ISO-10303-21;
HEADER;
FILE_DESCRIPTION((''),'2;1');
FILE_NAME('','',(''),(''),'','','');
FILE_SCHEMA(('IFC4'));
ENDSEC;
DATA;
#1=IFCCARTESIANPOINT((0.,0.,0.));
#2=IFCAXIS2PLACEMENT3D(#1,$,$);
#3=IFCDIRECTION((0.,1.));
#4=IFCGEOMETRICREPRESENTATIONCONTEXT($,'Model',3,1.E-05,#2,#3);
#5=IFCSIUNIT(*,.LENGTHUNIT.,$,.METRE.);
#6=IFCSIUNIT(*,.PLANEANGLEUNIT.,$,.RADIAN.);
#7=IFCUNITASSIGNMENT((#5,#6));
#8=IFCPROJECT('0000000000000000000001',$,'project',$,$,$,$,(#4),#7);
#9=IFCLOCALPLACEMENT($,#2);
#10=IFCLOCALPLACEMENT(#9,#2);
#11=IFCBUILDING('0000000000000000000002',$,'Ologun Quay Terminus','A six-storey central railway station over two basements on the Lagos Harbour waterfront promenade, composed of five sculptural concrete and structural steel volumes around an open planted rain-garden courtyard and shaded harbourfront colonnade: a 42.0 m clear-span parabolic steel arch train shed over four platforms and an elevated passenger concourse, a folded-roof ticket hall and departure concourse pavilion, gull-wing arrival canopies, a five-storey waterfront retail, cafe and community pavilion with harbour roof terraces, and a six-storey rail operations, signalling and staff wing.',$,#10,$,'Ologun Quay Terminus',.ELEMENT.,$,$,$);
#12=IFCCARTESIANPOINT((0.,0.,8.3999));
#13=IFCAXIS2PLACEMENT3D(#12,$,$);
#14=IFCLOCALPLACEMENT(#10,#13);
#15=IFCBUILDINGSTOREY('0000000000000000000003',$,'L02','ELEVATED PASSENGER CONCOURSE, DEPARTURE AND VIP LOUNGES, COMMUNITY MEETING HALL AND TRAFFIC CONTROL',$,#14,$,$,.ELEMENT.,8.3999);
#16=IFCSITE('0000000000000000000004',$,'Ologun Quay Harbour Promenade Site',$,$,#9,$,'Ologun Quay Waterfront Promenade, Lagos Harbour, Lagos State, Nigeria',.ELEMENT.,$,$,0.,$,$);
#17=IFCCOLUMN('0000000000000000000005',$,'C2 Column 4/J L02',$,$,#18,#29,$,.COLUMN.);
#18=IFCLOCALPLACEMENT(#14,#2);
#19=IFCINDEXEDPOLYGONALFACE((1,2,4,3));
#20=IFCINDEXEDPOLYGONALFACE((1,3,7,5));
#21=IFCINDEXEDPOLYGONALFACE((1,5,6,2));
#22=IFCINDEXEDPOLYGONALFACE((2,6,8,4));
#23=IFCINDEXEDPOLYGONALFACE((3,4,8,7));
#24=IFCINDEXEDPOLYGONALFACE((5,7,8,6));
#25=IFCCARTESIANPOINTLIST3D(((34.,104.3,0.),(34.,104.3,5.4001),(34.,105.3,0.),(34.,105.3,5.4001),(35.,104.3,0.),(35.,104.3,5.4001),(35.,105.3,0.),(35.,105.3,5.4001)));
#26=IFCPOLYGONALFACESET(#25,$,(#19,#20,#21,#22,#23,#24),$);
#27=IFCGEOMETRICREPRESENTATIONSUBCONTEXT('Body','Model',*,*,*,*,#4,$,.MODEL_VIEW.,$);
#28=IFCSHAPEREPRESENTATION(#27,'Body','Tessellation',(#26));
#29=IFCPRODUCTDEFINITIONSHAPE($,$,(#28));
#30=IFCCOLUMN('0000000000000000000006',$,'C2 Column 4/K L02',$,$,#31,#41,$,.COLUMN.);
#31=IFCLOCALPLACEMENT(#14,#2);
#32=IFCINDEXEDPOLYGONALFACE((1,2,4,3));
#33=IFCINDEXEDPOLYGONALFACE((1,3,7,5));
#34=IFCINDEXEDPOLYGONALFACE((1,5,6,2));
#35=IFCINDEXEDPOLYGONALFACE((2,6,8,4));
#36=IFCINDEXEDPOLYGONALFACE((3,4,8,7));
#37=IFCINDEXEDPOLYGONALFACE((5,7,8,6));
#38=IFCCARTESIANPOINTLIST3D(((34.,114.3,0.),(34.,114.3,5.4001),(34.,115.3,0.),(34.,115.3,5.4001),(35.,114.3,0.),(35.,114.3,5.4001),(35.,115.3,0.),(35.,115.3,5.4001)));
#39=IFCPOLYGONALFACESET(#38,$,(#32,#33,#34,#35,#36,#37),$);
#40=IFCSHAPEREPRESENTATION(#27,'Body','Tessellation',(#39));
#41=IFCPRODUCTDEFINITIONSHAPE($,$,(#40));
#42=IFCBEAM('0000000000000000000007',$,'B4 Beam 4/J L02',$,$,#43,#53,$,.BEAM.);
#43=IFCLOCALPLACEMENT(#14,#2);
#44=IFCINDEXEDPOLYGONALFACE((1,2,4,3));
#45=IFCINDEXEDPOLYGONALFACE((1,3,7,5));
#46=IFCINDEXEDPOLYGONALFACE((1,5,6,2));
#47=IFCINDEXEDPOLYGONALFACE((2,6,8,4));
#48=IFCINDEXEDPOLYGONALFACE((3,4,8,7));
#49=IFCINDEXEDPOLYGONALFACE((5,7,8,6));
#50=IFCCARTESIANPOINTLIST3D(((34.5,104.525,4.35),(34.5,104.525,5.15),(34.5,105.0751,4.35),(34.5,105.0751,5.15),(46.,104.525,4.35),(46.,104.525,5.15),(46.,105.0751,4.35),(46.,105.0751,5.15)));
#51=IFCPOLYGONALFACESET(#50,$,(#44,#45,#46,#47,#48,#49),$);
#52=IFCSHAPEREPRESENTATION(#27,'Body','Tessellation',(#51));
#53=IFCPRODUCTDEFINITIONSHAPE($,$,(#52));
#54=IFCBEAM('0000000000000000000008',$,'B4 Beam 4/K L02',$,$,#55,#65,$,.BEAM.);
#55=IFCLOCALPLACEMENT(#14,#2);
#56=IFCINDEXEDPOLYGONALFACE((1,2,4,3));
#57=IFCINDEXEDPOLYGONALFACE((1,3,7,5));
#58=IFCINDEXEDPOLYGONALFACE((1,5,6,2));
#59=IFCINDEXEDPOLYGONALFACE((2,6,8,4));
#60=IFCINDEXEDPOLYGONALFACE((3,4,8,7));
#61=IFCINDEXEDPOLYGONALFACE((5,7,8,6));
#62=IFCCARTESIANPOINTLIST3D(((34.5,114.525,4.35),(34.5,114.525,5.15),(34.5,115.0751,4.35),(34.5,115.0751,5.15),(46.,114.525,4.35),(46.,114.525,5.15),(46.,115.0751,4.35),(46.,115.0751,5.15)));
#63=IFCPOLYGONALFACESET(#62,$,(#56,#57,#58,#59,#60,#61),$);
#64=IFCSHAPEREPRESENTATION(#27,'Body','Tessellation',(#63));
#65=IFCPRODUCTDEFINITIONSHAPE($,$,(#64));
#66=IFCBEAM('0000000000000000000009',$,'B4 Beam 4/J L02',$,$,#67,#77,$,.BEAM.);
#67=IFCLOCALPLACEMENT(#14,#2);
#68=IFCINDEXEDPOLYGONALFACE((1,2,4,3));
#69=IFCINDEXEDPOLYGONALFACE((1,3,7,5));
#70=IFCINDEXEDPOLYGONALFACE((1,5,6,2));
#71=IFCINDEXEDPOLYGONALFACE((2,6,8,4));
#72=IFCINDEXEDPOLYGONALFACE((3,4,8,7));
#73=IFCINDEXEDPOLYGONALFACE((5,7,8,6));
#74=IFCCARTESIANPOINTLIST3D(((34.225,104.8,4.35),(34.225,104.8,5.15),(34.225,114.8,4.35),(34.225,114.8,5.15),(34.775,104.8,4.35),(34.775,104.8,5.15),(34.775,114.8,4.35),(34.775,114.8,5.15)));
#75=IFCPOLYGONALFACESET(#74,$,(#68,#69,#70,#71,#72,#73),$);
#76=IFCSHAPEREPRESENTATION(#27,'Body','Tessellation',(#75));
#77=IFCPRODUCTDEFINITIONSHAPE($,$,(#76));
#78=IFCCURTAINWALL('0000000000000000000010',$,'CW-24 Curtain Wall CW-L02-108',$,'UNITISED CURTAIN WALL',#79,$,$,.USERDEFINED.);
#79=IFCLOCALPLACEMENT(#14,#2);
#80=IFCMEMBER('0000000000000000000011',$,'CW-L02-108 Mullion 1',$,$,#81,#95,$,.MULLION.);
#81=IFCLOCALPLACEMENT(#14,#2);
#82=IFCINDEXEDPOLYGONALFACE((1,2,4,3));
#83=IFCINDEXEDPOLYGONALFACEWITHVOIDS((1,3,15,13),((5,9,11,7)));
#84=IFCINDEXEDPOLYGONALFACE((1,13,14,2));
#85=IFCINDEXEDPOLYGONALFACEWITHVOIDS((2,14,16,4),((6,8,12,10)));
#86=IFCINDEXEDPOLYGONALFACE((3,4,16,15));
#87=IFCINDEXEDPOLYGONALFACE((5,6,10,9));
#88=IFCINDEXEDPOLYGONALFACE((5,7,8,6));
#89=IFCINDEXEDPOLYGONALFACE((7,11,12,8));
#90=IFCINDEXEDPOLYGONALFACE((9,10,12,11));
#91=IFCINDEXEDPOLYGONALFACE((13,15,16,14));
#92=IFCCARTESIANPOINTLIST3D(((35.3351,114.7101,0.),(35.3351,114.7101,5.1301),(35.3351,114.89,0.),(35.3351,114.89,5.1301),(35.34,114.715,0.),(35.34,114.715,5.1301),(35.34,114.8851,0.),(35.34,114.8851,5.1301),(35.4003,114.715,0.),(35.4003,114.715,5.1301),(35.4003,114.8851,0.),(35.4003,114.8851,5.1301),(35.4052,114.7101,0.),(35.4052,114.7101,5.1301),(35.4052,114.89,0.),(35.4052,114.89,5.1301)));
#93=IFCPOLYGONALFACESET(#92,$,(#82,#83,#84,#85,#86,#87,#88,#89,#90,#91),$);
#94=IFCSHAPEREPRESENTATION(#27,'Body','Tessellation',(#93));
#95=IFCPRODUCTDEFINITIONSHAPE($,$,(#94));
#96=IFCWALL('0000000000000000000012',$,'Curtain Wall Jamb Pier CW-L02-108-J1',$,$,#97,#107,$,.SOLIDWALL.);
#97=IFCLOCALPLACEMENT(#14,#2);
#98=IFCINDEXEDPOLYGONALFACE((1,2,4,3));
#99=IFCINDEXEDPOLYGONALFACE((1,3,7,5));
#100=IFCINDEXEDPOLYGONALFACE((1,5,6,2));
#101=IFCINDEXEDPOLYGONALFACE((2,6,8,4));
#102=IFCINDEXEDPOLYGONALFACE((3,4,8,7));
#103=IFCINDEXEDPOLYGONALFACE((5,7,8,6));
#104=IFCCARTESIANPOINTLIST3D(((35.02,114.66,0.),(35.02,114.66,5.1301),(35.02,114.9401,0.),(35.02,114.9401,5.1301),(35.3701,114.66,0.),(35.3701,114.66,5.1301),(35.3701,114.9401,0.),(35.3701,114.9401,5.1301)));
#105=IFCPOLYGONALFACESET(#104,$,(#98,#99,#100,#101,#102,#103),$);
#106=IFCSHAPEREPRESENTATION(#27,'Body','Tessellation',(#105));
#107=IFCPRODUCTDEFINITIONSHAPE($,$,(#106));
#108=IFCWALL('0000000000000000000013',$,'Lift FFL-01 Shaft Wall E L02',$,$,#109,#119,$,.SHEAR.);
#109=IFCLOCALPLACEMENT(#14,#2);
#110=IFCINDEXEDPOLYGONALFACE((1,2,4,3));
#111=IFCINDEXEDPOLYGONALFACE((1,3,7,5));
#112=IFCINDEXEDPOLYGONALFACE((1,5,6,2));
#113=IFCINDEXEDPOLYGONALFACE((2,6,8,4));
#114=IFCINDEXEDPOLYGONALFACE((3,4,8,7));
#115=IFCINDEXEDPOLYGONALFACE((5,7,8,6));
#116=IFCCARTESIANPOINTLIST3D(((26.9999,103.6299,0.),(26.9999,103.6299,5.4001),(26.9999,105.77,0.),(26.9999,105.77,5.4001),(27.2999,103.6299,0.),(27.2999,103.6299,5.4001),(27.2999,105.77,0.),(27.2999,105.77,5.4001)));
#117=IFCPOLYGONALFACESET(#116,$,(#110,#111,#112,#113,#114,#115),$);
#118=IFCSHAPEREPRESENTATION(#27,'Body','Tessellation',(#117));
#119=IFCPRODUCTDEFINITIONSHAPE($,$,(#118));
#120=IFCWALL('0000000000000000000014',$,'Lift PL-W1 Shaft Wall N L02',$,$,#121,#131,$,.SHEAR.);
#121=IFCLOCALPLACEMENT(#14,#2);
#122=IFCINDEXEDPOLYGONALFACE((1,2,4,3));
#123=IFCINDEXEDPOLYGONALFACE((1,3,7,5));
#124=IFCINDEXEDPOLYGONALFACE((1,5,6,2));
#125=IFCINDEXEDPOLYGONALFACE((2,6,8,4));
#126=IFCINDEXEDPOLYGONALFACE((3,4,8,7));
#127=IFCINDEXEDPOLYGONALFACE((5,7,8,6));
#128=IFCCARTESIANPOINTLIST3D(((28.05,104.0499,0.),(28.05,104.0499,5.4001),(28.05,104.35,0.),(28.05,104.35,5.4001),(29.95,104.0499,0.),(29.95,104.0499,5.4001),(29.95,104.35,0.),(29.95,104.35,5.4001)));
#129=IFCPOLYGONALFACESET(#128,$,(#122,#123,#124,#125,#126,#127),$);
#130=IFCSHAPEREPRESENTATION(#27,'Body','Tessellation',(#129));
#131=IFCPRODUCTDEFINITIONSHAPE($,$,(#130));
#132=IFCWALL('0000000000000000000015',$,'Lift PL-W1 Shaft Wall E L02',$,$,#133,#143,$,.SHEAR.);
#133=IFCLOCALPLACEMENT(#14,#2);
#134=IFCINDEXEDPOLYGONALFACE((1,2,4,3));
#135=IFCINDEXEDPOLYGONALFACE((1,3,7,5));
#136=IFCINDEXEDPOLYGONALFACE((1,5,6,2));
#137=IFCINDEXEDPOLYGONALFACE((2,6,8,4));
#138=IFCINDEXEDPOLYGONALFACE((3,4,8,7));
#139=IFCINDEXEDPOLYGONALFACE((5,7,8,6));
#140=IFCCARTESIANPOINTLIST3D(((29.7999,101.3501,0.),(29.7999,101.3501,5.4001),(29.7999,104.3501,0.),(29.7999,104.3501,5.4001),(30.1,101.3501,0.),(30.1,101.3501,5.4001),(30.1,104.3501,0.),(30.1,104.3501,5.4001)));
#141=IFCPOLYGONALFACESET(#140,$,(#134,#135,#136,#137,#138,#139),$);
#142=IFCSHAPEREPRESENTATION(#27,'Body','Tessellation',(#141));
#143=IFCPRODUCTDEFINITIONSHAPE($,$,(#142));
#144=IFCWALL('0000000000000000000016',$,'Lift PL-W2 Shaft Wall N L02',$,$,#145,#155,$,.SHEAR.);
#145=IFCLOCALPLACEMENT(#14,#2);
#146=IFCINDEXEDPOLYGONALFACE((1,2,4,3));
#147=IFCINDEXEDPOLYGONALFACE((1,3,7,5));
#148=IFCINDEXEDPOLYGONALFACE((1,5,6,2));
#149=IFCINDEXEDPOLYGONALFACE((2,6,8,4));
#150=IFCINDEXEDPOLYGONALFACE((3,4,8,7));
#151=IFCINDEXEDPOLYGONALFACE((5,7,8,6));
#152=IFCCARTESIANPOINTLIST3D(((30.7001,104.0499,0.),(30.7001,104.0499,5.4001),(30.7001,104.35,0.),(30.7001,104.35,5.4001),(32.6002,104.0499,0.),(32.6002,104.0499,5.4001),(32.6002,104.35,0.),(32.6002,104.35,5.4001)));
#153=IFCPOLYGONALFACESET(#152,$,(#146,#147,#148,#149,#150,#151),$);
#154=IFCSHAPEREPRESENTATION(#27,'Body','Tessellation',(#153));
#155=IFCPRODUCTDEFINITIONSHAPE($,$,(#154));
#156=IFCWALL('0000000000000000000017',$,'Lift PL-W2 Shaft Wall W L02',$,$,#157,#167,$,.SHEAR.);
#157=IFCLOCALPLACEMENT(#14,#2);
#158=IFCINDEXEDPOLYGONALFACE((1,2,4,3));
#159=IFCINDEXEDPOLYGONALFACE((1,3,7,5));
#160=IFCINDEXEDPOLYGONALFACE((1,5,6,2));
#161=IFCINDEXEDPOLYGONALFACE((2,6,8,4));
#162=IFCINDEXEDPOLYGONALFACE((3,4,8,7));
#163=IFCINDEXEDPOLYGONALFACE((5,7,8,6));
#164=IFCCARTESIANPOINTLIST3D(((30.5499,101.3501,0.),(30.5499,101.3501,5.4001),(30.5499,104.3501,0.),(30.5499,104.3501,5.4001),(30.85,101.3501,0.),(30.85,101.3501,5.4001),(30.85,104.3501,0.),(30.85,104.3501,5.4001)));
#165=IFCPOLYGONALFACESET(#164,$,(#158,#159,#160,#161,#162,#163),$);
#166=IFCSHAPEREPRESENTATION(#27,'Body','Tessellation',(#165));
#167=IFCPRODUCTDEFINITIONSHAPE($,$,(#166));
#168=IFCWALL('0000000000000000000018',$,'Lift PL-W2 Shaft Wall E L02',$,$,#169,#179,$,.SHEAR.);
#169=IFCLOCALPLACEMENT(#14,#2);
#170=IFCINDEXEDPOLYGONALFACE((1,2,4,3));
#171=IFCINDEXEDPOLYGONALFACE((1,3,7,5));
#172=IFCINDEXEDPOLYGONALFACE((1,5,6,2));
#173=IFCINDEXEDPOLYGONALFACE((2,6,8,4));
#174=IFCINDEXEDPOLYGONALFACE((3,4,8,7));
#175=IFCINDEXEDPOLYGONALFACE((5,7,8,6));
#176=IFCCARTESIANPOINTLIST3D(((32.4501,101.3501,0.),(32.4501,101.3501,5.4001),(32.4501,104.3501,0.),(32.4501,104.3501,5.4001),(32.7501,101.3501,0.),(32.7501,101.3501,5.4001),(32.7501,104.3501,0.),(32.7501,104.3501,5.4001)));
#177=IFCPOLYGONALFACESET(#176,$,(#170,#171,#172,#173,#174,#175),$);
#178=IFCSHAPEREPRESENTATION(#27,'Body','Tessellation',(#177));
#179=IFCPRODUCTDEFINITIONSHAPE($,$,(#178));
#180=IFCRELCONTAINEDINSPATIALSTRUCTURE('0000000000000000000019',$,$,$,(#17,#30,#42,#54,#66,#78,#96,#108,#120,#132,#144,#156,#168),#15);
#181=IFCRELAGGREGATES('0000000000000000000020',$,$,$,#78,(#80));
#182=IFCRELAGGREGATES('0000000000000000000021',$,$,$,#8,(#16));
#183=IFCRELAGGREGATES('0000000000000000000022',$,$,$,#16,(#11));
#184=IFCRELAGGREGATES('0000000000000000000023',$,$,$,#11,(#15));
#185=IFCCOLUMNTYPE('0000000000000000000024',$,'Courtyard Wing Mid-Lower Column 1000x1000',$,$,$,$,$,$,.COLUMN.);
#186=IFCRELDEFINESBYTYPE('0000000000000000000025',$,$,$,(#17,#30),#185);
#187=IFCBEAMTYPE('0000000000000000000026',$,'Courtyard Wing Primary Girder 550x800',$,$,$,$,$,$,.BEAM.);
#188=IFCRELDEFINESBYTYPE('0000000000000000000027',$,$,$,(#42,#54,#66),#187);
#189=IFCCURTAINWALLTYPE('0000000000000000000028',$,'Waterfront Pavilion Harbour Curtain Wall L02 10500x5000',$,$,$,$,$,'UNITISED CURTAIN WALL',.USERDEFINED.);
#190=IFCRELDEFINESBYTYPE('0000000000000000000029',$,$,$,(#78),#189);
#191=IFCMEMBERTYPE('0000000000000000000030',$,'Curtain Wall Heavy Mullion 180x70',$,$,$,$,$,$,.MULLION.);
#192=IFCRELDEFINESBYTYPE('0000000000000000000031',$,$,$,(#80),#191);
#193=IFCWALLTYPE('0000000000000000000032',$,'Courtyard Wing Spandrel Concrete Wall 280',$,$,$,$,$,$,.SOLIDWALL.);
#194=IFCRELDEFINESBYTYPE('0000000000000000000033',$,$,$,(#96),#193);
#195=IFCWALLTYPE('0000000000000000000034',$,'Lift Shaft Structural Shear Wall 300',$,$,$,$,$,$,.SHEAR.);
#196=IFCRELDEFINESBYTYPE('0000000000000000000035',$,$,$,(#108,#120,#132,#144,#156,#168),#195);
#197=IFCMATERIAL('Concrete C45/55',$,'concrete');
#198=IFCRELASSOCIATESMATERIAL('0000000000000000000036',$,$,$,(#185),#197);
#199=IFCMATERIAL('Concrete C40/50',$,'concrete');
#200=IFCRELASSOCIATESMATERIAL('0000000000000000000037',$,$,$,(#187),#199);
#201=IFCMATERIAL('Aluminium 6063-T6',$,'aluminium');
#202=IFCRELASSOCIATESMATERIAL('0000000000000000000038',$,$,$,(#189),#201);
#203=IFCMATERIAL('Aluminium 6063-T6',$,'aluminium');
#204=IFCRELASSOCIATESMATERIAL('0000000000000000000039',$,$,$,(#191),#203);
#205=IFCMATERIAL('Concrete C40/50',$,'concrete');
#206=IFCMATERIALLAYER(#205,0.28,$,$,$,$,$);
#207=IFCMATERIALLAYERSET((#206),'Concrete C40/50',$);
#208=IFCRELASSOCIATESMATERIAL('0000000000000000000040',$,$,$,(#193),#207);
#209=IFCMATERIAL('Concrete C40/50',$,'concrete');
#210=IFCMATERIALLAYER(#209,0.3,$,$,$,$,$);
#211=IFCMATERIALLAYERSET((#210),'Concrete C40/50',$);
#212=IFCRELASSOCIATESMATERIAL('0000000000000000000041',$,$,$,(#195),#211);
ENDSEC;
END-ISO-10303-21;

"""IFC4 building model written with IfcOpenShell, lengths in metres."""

from ifc_helpers import new_model, si_unit, direction, frame, frame_2d, origin, origin_2d, place, context, subcontext, project, spatial, rectangle, hollow_rectangle, extrude, material, layer, layer_set, material_profile, profile_set, type_object, element, aggregate, save


model = new_model("IFC4")

# Units and contexts
model_context = context("Model", 3, precision=1e-05, world=origin(), true_north=direction((0.0, 1.0)))
body_context = subcontext(model_context, "Body", "Model", "MODEL_VIEW")
ifc_project = project(units=[si_unit("LENGTHUNIT", "METRE"), si_unit("PLANEANGLEUNIT", "RADIAN")], contexts=[model_context])

# Site, building, storey
site_placement = place(None, origin())
site = spatial("IfcSite", under=ifc_project, at=site_placement, Name="Ologun Quay Harbour Promenade Site", LongName="Ologun Quay Waterfront Promenade, Lagos Harbour, Lagos State, Nigeria", CompositionType="ELEMENT", RefElevation=0.0)
building_placement = place(site_placement, origin())
building = spatial("IfcBuilding", under=site, at=building_placement, Name="Ologun Quay Terminus", Description="A six-storey central railway station over two basements on the Lagos Harbour waterfront promenade, composed of five sculptural concrete and structural steel volumes around an open planted rain-garden courtyard and shaded harbourfront colonnade: a 42.0 m clear-span parabolic steel arch train shed over four platforms and an elevated passenger concourse, a folded-roof ticket hall and departure concourse pavilion, gull-wing arrival canopies, a five-storey waterfront retail, cafe and community pavilion with harbour roof terraces, and a six-storey rail operations, signalling and staff wing.", LongName="Ologun Quay Terminus", CompositionType="ELEMENT")
storey_placement = place(building_placement, frame((0.0, 0.0, 8.3999)))
storey = spatial("IfcBuildingStorey", under=building, at=storey_placement, Name="L02", Description="ELEVATED PASSENGER CONCOURSE, DEPARTURE AND VIP LOUNGES, COMMUNITY MEETING HALL AND TRAFFIC CONTROL", CompositionType="ELEMENT", Elevation=8.3999)

# Columns
ifc_material_1 = material(Name="Concrete C45/55", Category="concrete")
ifc_material_profile_1 = material_profile(ifc_material_1, rectangle(XDim=1.0, YDim=1.0, at=origin_2d()), Name="RC 1000x1000")
ifc_profile_set_1 = profile_set([ifc_material_profile_1], Name="Concrete C45/55")
column_type = type_object("IfcColumnType", Name="Courtyard Wing Mid-Lower Column 1000x1000", PredefinedType="COLUMN", material=ifc_profile_set_1)
for number, where, z_axis, x_axis, name in (
    (1, (34.5, 104.8, 0.0), (0.0, 0.0, 1.0), (1.0, 0.0, 0.0), "C2 Column 4/J L02"),
    (2, (34.5, 114.8, 0.0), (0.0, 0.0, 1.0), (1.0, 0.0, 0.0), "C2 Column 4/K L02"),
):
    element("IfcColumn", number, at=place(storey_placement, frame(where, z_axis=z_axis, x_axis=x_axis)), inside=storey, type_object=column_type, Name=name, PredefinedType="COLUMN", context=body_context, shape_type="SweptSolid", body=[
        extrude(rectangle(XDim=1.0, YDim=1.0, at=origin_2d()), origin(), (0.0, 0.0, 1.0), 5.4001),
    ])

# Beams
ifc_material_2 = material(Name="Concrete C40/50", Category="concrete")
ifc_material_profile_2 = material_profile(ifc_material_2, rectangle(XDim=0.55, YDim=0.8, at=origin_2d()), Name="RC 550x800")
ifc_profile_set_2 = profile_set([ifc_material_profile_2], Name="Concrete C40/50")
beam_type = type_object("IfcBeamType", Name="Courtyard Wing Primary Girder 550x800", PredefinedType="BEAM", material=ifc_profile_set_2)
for number, where, z_axis, x_axis, name in (
    (3, (34.5, 104.8, 4.75), (1.0, 0.0, 0.0), (0.0, 1.0, 0.0), "B4 Beam 4/J L02"),
    (4, (34.5, 114.8, 4.75), (1.0, 0.0, 0.0), (0.0, 1.0, 0.0), "B4 Beam 4/K L02"),
):
    element("IfcBeam", number, at=place(storey_placement, frame(where, z_axis=z_axis, x_axis=x_axis)), inside=storey, type_object=beam_type, Name=name, PredefinedType="BEAM", context=body_context, shape_type="SweptSolid", body=[
        extrude(rectangle(XDim=0.55, YDim=0.8, at=origin_2d()), origin(), (0.0, 0.0, 1.0), 11.5),
    ])
beam_placement = place(storey_placement, frame((34.5, 104.8, 4.75), z_axis=(0.0, 1.0, 0.0), x_axis=(-1.0, 0.0, 0.0)))
element("IfcBeam", 5, at=beam_placement, inside=storey, type_object=beam_type, Name="B4 Beam 4/J L02", PredefinedType="BEAM", context=body_context, shape_type="SweptSolid", body=[
    extrude(rectangle(XDim=0.55, YDim=0.8, at=origin_2d()), origin(), (0.0, 0.0, 1.0), 10.0),
])

# Curtain wall, member
ifc_material_3 = material(Name="Aluminium 6063-T6", Category="aluminium")
curtain_wall_type = type_object("IfcCurtainWallType", Name="Waterfront Pavilion Harbour Curtain Wall L02 10500x5000", ElementType="UNITISED CURTAIN WALL", PredefinedType="USERDEFINED", material=ifc_material_3)
curtain_wall_placement = place(storey_placement, origin())
curtain_wall = element("IfcCurtainWall", 6, at=curtain_wall_placement, inside=storey, type_object=curtain_wall_type, Name="CW-24 Curtain Wall CW-L02-108", ObjectType="UNITISED CURTAIN WALL", PredefinedType="USERDEFINED")
ifc_material_4 = material(Name="Aluminium 6063-T6", Category="aluminium")
ifc_material_profile_3 = material_profile(ifc_material_4, hollow_rectangle(XDim=0.0701, YDim=0.1799, WallThickness=0.0049, at=origin_2d()), Name="ALU 180x70x5")
ifc_profile_set_3 = profile_set([ifc_material_profile_3], Name="Aluminium 6063-T6")
member_type = type_object("IfcMemberType", Name="Curtain Wall Heavy Mullion 180x70", PredefinedType="MULLION", material=ifc_profile_set_3)
member_placement = place(storey_placement, frame((35.3701, 114.8, 0.0), z_axis=(0.0, 0.0, 1.0), x_axis=(1.0, 0.0, 0.0)))
member = element("IfcMember", 7, at=member_placement, type_object=member_type, Name="CW-L02-108 Mullion 1", PredefinedType="MULLION", context=body_context, shape_type="SweptSolid", body=[
    extrude(hollow_rectangle(XDim=0.0701, YDim=0.1799, WallThickness=0.0049, at=origin_2d()), origin(), (0.0, 0.0, 1.0), 5.1301),
])
aggregate(curtain_wall, [member])

# Walls
ifc_material_5 = material(Name="Concrete C40/50", Category="concrete")
ifc_layer_1 = layer(ifc_material_5, 0.28)
ifc_layer_set_1 = layer_set([ifc_layer_1], Name="Concrete C40/50")
wall_type_1 = type_object("IfcWallType", Name="Courtyard Wing Spandrel Concrete Wall 280", PredefinedType="SOLIDWALL", material=ifc_layer_set_1)
wall_1_placement = place(storey_placement, frame((35.02, 114.8, 0.0), z_axis=(0.0, 0.0, 1.0), x_axis=(1.0, 0.0, 0.0)))
element("IfcWall", 8, at=wall_1_placement, inside=storey, type_object=wall_type_1, Name="Curtain Wall Jamb Pier CW-L02-108-J1", PredefinedType="SOLIDWALL", context=body_context, shape_type="SweptSolid", body=[
    extrude(rectangle(XDim=0.3501, YDim=0.28, at=frame_2d((0.175, 0.0))), origin(), (0.0, 0.0, 1.0), 5.1301),
])
ifc_material_6 = material(Name="Concrete C40/50", Category="concrete")
ifc_layer_2 = layer(ifc_material_6, 0.3)
ifc_layer_set_2 = layer_set([ifc_layer_2], Name="Concrete C40/50")
wall_type_2 = type_object("IfcWallType", Name="Lift Shaft Structural Shear Wall 300", PredefinedType="SHEAR", material=ifc_layer_set_2)
wall_2_placement = place(storey_placement, frame((27.1499, 103.6299, 0.0), z_axis=(0.0, 0.0, 1.0), x_axis=(0.0, 1.0, 0.0)))
element("IfcWall", 9, at=wall_2_placement, inside=storey, type_object=wall_type_2, Name="Lift FFL-01 Shaft Wall E L02", PredefinedType="SHEAR", context=body_context, shape_type="SweptSolid", body=[
    extrude(rectangle(XDim=2.1401, YDim=0.3, at=frame_2d((1.0701, 0.0))), origin(), (0.0, 0.0, 1.0), 5.4001),
])

# Walls
wall_3_placement = place(storey_placement, frame((28.05, 104.2, 0.0), z_axis=(0.0, 0.0, 1.0), x_axis=(1.0, 0.0, 0.0)))
element("IfcWall", 10, at=wall_3_placement, inside=storey, type_object=wall_type_2, Name="Lift PL-W1 Shaft Wall N L02", PredefinedType="SHEAR", context=body_context, shape_type="SweptSolid", body=[
    extrude(rectangle(XDim=1.8999, YDim=0.3, at=frame_2d((0.95, 0.0))), origin(), (0.0, 0.0, 1.0), 5.4001),
])
wall_4_placement = place(storey_placement, frame((29.95, 101.3501, 0.0), z_axis=(0.0, 0.0, 1.0), x_axis=(0.0, 1.0, 0.0)))
element("IfcWall", 11, at=wall_4_placement, inside=storey, type_object=wall_type_2, Name="Lift PL-W1 Shaft Wall E L02", PredefinedType="SHEAR", context=body_context, shape_type="SweptSolid", body=[
    extrude(rectangle(XDim=3.0, YDim=0.3, at=frame_2d((1.5, 0.0))), origin(), (0.0, 0.0, 1.0), 5.4001),
])

# Walls
wall_5_placement = place(storey_placement, frame((30.7, 104.2, 0.0), z_axis=(0.0, 0.0, 1.0), x_axis=(1.0, 0.0, 0.0)))
element("IfcWall", 12, at=wall_5_placement, inside=storey, type_object=wall_type_2, Name="Lift PL-W2 Shaft Wall N L02", PredefinedType="SHEAR", context=body_context, shape_type="SweptSolid", body=[
    extrude(rectangle(XDim=1.9001, YDim=0.3, at=frame_2d((0.9502, 0.0))), origin(), (0.0, 0.0, 1.0), 5.4001),
])
for number, where, z_axis, x_axis, name in (
    (13, (30.7, 101.3501, 0.0), (0.0, 0.0, 1.0), (0.0, 1.0, 0.0), "Lift PL-W2 Shaft Wall W L02"),
    (14, (32.6001, 101.3501, 0.0), (0.0, 0.0, 1.0), (0.0, 1.0, 0.0), "Lift PL-W2 Shaft Wall E L02"),
):
    element("IfcWall", number, at=place(storey_placement, frame(where, z_axis=z_axis, x_axis=x_axis)), inside=storey, type_object=wall_type_2, Name=name, PredefinedType="SHEAR", context=body_context, shape_type="SweptSolid", body=[
        extrude(rectangle(XDim=3.0, YDim=0.3, at=frame_2d((1.5, 0.0))), origin(), (0.0, 0.0, 1.0), 5.4001),
    ])

save(model, "model.ifc")
